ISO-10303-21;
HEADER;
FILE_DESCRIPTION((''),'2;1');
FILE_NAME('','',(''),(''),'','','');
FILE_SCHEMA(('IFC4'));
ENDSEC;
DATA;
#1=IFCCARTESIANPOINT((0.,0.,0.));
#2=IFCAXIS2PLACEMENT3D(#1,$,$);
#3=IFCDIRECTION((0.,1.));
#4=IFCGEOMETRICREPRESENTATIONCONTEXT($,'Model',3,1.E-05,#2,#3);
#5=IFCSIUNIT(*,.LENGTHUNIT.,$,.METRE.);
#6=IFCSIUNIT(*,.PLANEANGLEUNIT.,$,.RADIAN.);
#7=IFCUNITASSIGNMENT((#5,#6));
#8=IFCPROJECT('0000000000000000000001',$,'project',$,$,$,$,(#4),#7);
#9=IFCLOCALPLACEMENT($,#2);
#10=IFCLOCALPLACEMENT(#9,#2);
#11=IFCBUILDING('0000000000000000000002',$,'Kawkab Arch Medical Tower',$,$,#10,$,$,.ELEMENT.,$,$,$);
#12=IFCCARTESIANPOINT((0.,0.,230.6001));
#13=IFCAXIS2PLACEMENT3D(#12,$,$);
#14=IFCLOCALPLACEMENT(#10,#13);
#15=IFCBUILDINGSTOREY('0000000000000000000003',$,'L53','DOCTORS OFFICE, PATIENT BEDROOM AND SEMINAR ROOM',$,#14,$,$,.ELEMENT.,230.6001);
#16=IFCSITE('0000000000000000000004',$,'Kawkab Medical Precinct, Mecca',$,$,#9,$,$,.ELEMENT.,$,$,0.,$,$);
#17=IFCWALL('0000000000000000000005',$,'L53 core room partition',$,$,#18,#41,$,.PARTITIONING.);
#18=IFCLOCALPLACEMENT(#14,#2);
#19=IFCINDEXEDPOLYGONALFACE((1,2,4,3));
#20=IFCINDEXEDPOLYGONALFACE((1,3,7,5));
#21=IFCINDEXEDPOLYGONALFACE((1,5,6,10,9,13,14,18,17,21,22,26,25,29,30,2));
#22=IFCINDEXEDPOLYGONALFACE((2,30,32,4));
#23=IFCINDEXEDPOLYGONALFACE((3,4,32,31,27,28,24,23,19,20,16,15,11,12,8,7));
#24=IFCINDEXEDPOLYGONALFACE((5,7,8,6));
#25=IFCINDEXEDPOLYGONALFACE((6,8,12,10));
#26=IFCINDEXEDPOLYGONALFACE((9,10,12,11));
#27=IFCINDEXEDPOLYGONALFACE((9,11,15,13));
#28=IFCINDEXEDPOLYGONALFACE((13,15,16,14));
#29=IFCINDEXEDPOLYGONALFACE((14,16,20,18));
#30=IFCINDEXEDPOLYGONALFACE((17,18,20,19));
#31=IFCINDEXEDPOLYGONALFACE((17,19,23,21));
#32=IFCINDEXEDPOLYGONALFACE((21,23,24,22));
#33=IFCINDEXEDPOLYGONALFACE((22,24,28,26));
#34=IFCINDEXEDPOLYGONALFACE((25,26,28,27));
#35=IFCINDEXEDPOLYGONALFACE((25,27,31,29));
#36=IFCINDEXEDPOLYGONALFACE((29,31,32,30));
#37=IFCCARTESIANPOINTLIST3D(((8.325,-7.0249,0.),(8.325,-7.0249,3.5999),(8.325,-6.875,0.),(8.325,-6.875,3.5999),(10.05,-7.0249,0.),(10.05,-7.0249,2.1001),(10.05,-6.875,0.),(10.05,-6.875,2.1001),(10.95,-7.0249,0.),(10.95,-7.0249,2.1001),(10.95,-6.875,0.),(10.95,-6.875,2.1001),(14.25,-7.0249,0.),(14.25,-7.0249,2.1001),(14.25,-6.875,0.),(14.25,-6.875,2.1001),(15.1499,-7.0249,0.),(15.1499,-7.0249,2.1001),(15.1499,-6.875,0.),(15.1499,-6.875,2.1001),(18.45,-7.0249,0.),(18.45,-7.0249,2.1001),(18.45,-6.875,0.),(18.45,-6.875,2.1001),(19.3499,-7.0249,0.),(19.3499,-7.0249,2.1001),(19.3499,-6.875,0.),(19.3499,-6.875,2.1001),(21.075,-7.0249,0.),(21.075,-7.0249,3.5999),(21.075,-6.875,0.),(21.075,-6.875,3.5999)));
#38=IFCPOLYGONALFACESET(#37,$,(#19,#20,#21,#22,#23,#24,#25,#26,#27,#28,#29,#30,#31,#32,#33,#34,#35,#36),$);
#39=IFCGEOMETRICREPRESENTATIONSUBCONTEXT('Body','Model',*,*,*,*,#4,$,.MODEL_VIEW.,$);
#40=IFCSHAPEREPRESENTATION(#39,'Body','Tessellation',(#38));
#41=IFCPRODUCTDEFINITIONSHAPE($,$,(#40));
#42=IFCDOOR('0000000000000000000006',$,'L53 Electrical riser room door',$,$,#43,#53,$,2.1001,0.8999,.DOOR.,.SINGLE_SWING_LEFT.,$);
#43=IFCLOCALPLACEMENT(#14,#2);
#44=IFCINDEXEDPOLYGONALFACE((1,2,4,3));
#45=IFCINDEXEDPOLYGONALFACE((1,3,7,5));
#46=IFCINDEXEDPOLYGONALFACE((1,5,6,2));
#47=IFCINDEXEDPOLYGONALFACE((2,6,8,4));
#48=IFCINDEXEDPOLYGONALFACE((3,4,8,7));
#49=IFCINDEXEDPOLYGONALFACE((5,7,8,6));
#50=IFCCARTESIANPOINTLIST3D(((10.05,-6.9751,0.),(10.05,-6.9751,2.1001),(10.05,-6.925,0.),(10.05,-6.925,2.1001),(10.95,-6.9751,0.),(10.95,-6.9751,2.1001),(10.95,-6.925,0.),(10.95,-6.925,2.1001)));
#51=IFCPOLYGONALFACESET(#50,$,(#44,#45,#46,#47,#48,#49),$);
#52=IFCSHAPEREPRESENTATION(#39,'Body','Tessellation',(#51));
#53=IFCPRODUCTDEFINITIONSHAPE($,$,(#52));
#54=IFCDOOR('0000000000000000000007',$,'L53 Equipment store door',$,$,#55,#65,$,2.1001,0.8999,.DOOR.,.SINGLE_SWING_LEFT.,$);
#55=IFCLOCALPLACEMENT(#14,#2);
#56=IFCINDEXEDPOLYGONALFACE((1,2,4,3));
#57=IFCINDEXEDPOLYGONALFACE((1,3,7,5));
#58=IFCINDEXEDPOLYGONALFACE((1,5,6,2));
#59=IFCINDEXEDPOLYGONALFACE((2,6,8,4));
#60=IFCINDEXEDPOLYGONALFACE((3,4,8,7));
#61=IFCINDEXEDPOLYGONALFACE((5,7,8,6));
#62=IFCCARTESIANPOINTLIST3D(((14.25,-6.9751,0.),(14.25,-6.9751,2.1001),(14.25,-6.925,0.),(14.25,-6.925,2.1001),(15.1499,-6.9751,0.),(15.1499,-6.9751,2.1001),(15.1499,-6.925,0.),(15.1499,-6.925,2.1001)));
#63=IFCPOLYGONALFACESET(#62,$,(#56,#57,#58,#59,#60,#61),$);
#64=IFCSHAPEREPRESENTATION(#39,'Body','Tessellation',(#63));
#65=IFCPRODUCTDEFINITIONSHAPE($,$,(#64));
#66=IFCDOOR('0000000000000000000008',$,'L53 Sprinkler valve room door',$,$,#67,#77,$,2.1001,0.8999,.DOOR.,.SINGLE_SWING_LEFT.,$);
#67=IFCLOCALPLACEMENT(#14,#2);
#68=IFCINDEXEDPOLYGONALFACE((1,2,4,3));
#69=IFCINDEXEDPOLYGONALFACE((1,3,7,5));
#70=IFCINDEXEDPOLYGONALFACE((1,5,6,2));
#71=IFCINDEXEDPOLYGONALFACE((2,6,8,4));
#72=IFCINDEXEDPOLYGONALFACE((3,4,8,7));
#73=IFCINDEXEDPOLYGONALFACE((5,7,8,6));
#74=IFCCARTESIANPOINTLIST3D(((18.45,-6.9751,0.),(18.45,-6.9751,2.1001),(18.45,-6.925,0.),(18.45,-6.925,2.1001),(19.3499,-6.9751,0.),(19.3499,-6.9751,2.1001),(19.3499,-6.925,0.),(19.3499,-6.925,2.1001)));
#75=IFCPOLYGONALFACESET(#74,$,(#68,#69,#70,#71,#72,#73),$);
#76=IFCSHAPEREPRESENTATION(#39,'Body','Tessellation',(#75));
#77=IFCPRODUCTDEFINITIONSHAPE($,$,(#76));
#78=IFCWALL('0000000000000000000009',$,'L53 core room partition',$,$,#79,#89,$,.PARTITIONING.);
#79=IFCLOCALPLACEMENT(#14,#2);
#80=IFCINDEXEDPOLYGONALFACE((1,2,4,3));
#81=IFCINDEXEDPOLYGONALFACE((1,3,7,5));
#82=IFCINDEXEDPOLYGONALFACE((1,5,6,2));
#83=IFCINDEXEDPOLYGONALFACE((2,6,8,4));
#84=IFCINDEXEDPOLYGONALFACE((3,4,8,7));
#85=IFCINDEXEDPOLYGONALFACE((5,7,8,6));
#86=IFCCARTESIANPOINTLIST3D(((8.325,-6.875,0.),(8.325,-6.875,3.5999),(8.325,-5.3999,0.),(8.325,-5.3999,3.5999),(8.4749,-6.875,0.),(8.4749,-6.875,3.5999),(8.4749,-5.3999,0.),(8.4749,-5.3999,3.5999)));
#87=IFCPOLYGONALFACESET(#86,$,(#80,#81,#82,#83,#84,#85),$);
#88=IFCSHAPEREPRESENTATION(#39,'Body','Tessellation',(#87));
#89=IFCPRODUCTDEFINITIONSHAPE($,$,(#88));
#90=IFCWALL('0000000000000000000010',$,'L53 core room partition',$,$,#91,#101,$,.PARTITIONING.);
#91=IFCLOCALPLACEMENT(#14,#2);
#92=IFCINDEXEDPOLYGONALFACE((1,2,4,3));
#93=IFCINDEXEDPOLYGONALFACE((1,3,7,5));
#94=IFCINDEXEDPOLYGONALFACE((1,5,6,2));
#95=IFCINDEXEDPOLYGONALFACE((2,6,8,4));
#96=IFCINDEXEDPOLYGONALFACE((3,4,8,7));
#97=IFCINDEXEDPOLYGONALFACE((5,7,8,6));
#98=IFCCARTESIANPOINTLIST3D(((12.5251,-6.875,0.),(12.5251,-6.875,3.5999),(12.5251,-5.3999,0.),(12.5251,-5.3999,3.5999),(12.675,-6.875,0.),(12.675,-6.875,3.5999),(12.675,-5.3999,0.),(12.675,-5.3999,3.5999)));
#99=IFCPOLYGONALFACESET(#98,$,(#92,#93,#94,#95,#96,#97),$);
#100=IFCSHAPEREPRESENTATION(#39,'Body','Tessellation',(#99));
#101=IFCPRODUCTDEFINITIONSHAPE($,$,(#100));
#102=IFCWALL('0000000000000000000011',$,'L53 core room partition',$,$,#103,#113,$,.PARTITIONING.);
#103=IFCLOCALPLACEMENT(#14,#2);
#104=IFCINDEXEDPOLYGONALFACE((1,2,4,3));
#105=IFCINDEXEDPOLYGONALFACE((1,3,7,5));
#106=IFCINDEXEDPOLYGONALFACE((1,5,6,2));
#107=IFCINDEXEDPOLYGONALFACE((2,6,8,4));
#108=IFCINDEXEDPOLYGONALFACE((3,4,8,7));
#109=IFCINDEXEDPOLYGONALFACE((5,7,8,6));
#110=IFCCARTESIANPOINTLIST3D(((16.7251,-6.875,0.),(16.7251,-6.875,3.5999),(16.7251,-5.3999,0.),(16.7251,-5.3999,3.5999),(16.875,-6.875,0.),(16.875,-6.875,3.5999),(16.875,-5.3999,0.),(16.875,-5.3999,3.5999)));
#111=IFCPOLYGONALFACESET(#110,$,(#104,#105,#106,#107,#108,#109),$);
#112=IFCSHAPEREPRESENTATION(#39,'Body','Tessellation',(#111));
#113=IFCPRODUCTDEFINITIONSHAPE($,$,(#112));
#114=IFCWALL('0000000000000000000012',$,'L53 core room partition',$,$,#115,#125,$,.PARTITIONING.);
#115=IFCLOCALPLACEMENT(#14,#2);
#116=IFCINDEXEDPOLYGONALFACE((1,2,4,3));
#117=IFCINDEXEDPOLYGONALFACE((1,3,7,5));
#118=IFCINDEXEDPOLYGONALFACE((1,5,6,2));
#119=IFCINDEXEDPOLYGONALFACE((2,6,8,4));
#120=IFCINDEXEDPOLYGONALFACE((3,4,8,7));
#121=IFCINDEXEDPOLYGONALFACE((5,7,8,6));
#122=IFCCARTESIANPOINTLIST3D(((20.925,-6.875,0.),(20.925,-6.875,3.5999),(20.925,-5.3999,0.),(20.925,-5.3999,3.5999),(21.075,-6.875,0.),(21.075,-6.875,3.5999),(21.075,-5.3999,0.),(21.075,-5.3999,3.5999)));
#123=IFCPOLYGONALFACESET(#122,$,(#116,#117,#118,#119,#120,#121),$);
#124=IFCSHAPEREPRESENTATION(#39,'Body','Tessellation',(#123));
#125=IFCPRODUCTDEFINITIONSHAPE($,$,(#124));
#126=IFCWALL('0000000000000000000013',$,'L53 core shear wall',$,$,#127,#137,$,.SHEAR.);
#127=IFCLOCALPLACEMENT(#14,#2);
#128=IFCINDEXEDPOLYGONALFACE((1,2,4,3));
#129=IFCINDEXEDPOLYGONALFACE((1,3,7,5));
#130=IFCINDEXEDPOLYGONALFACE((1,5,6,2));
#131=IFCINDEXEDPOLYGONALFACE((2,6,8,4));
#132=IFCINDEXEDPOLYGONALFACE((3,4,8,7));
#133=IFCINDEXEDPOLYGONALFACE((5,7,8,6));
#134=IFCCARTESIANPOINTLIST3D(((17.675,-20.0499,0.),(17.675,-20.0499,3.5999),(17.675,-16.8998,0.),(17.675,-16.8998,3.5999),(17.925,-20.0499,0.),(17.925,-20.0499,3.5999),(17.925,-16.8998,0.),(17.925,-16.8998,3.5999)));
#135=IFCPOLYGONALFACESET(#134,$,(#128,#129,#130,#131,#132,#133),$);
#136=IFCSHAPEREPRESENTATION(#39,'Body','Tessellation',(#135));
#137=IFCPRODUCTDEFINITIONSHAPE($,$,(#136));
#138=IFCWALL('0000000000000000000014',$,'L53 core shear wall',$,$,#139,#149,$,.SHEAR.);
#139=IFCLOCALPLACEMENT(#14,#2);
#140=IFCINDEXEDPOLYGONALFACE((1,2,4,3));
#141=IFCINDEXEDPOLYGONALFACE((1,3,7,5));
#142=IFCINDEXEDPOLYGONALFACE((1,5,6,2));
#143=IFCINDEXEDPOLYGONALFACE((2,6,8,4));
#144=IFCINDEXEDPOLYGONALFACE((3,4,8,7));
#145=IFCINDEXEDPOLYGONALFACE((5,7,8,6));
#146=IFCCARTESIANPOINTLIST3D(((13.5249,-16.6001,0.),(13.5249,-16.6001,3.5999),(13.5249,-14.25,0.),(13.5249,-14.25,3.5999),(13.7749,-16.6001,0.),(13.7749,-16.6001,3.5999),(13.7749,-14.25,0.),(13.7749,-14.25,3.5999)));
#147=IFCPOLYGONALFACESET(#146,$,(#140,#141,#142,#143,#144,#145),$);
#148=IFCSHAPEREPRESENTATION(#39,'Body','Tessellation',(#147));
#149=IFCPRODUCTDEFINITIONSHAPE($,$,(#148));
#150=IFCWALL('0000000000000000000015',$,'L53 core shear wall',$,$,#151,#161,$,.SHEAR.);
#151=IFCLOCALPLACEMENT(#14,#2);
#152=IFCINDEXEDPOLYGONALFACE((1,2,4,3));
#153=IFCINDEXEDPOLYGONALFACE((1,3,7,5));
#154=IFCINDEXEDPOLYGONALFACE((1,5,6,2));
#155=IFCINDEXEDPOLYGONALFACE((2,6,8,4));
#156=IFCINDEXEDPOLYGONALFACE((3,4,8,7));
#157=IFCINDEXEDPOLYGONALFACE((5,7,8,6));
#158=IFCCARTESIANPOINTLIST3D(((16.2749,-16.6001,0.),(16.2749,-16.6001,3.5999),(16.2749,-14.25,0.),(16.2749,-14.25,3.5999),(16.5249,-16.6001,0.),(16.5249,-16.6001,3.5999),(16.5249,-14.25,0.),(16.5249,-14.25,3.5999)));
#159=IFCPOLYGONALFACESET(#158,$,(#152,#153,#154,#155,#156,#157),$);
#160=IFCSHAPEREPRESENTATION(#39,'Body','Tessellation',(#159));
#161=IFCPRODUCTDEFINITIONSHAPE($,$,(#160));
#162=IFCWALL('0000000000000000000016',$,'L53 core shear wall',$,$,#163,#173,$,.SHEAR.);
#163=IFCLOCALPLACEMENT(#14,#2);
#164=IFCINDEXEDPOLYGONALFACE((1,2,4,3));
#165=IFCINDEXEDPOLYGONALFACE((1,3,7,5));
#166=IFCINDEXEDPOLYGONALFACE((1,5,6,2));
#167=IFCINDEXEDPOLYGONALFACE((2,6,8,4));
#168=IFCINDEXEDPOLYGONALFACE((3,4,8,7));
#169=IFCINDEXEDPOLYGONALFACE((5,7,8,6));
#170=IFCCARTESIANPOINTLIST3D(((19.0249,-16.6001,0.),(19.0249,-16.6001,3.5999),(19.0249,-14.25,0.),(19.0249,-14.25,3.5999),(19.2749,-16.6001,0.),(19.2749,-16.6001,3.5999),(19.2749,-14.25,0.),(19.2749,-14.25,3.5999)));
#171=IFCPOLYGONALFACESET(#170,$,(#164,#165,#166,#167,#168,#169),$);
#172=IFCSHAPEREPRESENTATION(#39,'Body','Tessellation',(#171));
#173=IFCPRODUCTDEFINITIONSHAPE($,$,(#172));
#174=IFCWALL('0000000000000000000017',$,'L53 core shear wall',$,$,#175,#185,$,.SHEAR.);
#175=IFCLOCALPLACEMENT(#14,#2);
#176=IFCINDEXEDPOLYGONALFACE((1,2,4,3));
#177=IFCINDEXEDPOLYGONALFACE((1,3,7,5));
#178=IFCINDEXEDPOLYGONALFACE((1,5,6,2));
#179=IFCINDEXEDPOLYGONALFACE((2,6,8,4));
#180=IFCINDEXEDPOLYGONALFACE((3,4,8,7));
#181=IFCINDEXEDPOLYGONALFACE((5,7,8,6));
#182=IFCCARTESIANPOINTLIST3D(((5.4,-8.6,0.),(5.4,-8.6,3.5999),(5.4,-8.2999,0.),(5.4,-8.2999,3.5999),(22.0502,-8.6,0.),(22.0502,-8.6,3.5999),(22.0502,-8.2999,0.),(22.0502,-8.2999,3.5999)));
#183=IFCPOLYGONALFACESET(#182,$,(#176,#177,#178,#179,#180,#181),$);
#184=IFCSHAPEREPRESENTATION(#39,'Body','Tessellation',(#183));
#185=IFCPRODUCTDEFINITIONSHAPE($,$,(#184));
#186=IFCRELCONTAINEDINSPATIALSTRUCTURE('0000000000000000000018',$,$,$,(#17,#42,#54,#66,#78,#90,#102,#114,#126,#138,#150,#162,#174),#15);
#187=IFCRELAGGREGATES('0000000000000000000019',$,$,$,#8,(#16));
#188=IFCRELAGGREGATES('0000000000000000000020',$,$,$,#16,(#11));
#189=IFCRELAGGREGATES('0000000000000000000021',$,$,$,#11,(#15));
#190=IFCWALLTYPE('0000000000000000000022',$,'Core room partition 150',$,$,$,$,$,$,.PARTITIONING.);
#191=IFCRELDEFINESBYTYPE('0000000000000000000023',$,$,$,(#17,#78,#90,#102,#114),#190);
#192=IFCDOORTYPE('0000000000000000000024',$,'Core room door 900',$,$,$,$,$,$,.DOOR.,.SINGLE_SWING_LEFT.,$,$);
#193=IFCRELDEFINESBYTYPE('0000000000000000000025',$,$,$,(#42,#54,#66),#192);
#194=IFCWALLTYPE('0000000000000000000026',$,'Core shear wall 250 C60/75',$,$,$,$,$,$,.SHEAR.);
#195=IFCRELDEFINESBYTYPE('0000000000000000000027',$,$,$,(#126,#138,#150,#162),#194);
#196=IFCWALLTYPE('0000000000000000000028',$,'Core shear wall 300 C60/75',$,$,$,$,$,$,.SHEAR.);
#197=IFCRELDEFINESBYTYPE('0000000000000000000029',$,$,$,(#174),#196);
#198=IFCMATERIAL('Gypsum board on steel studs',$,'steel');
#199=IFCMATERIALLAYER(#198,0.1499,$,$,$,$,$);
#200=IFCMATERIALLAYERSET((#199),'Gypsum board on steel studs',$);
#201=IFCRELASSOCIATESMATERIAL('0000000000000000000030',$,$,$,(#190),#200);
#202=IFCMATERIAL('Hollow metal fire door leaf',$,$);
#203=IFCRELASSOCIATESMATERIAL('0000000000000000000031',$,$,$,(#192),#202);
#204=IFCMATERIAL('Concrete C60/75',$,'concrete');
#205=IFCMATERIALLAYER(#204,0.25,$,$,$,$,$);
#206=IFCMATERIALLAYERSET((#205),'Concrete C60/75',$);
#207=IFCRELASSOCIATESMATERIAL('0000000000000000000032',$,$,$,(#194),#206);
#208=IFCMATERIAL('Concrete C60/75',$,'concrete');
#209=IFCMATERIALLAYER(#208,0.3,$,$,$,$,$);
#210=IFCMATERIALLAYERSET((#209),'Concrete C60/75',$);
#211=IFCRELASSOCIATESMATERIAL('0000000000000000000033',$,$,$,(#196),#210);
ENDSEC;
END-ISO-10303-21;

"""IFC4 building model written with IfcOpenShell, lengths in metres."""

from ifc_helpers import new_model, si_unit, direction, frame, frame_2d, origin, place, context, subcontext, project, spatial, rectangle, extrude, material, layer, layer_set, type_object, element, fill, save


model = new_model("IFC4")

# Units and contexts
model_context = context("Model", 3, precision=1e-05, world=origin(), true_north=direction((0.0, 1.0)))
body_context = subcontext(model_context, "Body", "Model", "MODEL_VIEW")
ifc_project = project(units=[si_unit("LENGTHUNIT", "METRE"), si_unit("PLANEANGLEUNIT", "RADIAN")], contexts=[model_context])

# Site, building, storey
site_placement = place(None, origin())
site = spatial("IfcSite", under=ifc_project, at=site_placement, Name="Kawkab Medical Precinct, Mecca", CompositionType="ELEMENT", RefElevation=0.0)
building_placement = place(site_placement, origin())
building = spatial("IfcBuilding", under=site, at=building_placement, Name="Kawkab Arch Medical Tower", CompositionType="ELEMENT")
storey_placement = place(building_placement, frame((0.0, 0.0, 230.6001)))
storey = spatial("IfcBuildingStorey", under=building, at=storey_placement, Name="L53", Description="DOCTORS OFFICE, PATIENT BEDROOM AND SEMINAR ROOM", CompositionType="ELEMENT", Elevation=230.6001)

# Wall, openings, doors
ifc_material_1 = material(Name="Gypsum board on steel studs", Category="steel")
ifc_layer_1 = layer(ifc_material_1, 0.1499)
ifc_layer_set_1 = layer_set([ifc_layer_1], Name="Gypsum board on steel studs")
wall_type_1 = type_object("IfcWallType", Name="Core room partition 150", PredefinedType="PARTITIONING", material=ifc_layer_set_1)
wall_1_placement = place(storey_placement, frame((8.325, -6.95, 0.0), z_axis=(0.0, 0.0, 1.0), x_axis=(1.0, 0.0, 0.0)))
wall_1 = element("IfcWall", 1, at=wall_1_placement, inside=storey, type_object=wall_type_1, Name="L53 core room partition", PredefinedType="PARTITIONING", context=body_context, shape_type="SweptSolid", body=[
    extrude(rectangle(XDim=12.75, YDim=0.1499, at=frame_2d((6.375, 0.0))), origin(), (0.0, 0.0, 1.0), 3.5999),
])
opening_1_placement = place(wall_1_placement, frame((1.7251, 0.0, 0.0)))
opening_1 = element("IfcOpeningElement", 2, at=opening_1_placement, cuts=wall_1, PredefinedType="OPENING", context=body_context, shape_type="SweptSolid", body=[
    extrude(rectangle(XDim=0.8999, YDim=2.1001, at=frame_2d((0.45, 1.05))), frame((0.0, 0.085, 0.0), z_axis=(0.0, -1.0, 0.0), x_axis=(1.0, 0.0, 0.0)), (0.0, 0.0, 1.0), 0.1699),
])
opening_2_placement = place(wall_1_placement, frame((5.925, 0.0, 0.0)))
opening_2 = element("IfcOpeningElement", 3, at=opening_2_placement, cuts=wall_1, PredefinedType="OPENING", context=body_context, shape_type="SweptSolid", body=[
    extrude(rectangle(XDim=0.8999, YDim=2.1001, at=frame_2d((0.45, 1.05))), frame((0.0, 0.085, 0.0), z_axis=(0.0, -1.0, 0.0), x_axis=(1.0, 0.0, 0.0)), (0.0, 0.0, 1.0), 0.1699),
])
opening_3_placement = place(wall_1_placement, frame((10.125, 0.0, 0.0)))
opening_3 = element("IfcOpeningElement", 4, at=opening_3_placement, cuts=wall_1, PredefinedType="OPENING", context=body_context, shape_type="SweptSolid", body=[
    extrude(rectangle(XDim=0.8999, YDim=2.1001, at=frame_2d((0.45, 1.05))), frame((0.0, 0.085, 0.0), z_axis=(0.0, -1.0, 0.0), x_axis=(1.0, 0.0, 0.0)), (0.0, 0.0, 1.0), 0.1699),
])
ifc_material_2 = material(Name="Hollow metal fire door leaf")
door_type_1 = type_object("IfcDoorType", Name="Core room door 900", OperationType="SINGLE_SWING_LEFT", PredefinedType="DOOR", material=ifc_material_2)
door_1_placement = place(opening_1_placement, origin())
door_1 = element("IfcDoor", 5, at=door_1_placement, inside=storey, type_object=door_type_1, Name="L53 Electrical riser room door", OperationType="SINGLE_SWING_LEFT", OverallHeight=2.1001, OverallWidth=0.8999, PredefinedType="DOOR", context=body_context, shape_type="SweptSolid", body=[
    extrude(rectangle(XDim=0.8999, YDim=2.1001, at=frame_2d((0.45, 1.05))), frame((0.0, 0.0249, 0.0), z_axis=(0.0, -1.0, 0.0), x_axis=(1.0, 0.0, 0.0)), (0.0, 0.0, 1.0), 0.05),
])
fill(opening_1, door_1)
door_2_placement = place(opening_2_placement, origin())
door_2 = element("IfcDoor", 6, at=door_2_placement, inside=storey, type_object=door_type_1, Name="L53 Equipment store door", OperationType="SINGLE_SWING_LEFT", OverallHeight=2.1001, OverallWidth=0.8999, PredefinedType="DOOR", context=body_context, shape_type="SweptSolid", body=[
    extrude(rectangle(XDim=0.8999, YDim=2.1001, at=frame_2d((0.45, 1.05))), frame((0.0, 0.0249, 0.0), z_axis=(0.0, -1.0, 0.0), x_axis=(1.0, 0.0, 0.0)), (0.0, 0.0, 1.0), 0.05),
])
fill(opening_2, door_2)
door_3_placement = place(opening_3_placement, origin())
door_3 = element("IfcDoor", 7, at=door_3_placement, inside=storey, type_object=door_type_1, Name="L53 Sprinkler valve room door", OperationType="SINGLE_SWING_LEFT", OverallHeight=2.1001, OverallWidth=0.8999, PredefinedType="DOOR", context=body_context, shape_type="SweptSolid", body=[
    extrude(rectangle(XDim=0.8999, YDim=2.1001, at=frame_2d((0.45, 1.05))), frame((0.0, 0.0249, 0.0), z_axis=(0.0, -1.0, 0.0), x_axis=(1.0, 0.0, 0.0)), (0.0, 0.0, 1.0), 0.05),
])
fill(opening_3, door_3)

# Walls
for number, where, z_axis, x_axis, name in (
    (8, (8.3999, -6.875, 0.0), (0.0, 0.0, 1.0), (0.0, 1.0, 0.0), "L53 core room partition"),
    (9, (12.6001, -6.875, 0.0), (0.0, 0.0, 1.0), (0.0, 1.0, 0.0), "L53 core room partition"),
    (10, (16.8, -6.875, 0.0), (0.0, 0.0, 1.0), (0.0, 1.0, 0.0), "L53 core room partition"),
    (11, (21.0, -6.875, 0.0), (0.0, 0.0, 1.0), (0.0, 1.0, 0.0), "L53 core room partition"),
):
    element("IfcWall", number, at=place(storey_placement, frame(where, z_axis=z_axis, x_axis=x_axis)), inside=storey, type_object=wall_type_1, Name=name, PredefinedType="PARTITIONING", context=body_context, shape_type="SweptSolid", body=[
        extrude(rectangle(XDim=1.4751, YDim=0.1499, at=frame_2d((0.7375, 0.0))), origin(), (0.0, 0.0, 1.0), 3.5999),
    ])
ifc_material_3 = material(Name="Concrete C60/75", Category="concrete")
ifc_layer_2 = layer(ifc_material_3, 0.25)
ifc_layer_set_2 = layer_set([ifc_layer_2], Name="Concrete C60/75")
wall_type_2 = type_object("IfcWallType", Name="Core shear wall 250 C60/75", PredefinedType="SHEAR", material=ifc_layer_set_2)
wall_2_placement = place(storey_placement, frame((17.8, -20.05, 0.0), z_axis=(0.0, 0.0, 1.0), x_axis=(0.0, 1.0, 0.0)))
element("IfcWall", 12, at=wall_2_placement, inside=storey, type_object=wall_type_2, Name="L53 core shear wall", PredefinedType="SHEAR", context=body_context, shape_type="SweptSolid", body=[
    extrude(rectangle(XDim=3.1501, YDim=0.25, at=frame_2d((1.5752, 0.0))), origin(), (0.0, 0.0, 1.0), 3.5999),
])
for number, where, z_axis, x_axis, name in (
    (13, (13.6499, -16.6001, 0.0), (0.0, 0.0, 1.0), (0.0, 1.0, 0.0), "L53 core shear wall"),
    (14, (16.3999, -16.6001, 0.0), (0.0, 0.0, 1.0), (0.0, 1.0, 0.0), "L53 core shear wall"),
    (15, (19.1499, -16.6001, 0.0), (0.0, 0.0, 1.0), (0.0, 1.0, 0.0), "L53 core shear wall"),
):
    element("IfcWall", number, at=place(storey_placement, frame(where, z_axis=z_axis, x_axis=x_axis)), inside=storey, type_object=wall_type_2, Name=name, PredefinedType="SHEAR", context=body_context, shape_type="SweptSolid", body=[
        extrude(rectangle(XDim=2.3501, YDim=0.25, at=frame_2d((1.175, 0.0))), origin(), (0.0, 0.0, 1.0), 3.5999),
    ])
ifc_material_4 = material(Name="Concrete C60/75", Category="concrete")
ifc_layer_3 = layer(ifc_material_4, 0.3)
ifc_layer_set_3 = layer_set([ifc_layer_3], Name="Concrete C60/75")
wall_type_3 = type_object("IfcWallType", Name="Core shear wall 300 C60/75", PredefinedType="SHEAR", material=ifc_layer_set_3)
wall_3_placement = place(storey_placement, frame((5.3999, -8.45, 0.0), z_axis=(0.0, 0.0, 1.0), x_axis=(1.0, 0.0, 0.0)))
element("IfcWall", 16, at=wall_3_placement, inside=storey, type_object=wall_type_3, Name="L53 core shear wall", PredefinedType="SHEAR", context=body_context, shape_type="SweptSolid", body=[
    extrude(rectangle(XDim=16.6501, YDim=0.3, at=frame_2d((8.3252, 0.0))), origin(), (0.0, 0.0, 1.0), 3.5999),
])

save(model, "model.ifc")
